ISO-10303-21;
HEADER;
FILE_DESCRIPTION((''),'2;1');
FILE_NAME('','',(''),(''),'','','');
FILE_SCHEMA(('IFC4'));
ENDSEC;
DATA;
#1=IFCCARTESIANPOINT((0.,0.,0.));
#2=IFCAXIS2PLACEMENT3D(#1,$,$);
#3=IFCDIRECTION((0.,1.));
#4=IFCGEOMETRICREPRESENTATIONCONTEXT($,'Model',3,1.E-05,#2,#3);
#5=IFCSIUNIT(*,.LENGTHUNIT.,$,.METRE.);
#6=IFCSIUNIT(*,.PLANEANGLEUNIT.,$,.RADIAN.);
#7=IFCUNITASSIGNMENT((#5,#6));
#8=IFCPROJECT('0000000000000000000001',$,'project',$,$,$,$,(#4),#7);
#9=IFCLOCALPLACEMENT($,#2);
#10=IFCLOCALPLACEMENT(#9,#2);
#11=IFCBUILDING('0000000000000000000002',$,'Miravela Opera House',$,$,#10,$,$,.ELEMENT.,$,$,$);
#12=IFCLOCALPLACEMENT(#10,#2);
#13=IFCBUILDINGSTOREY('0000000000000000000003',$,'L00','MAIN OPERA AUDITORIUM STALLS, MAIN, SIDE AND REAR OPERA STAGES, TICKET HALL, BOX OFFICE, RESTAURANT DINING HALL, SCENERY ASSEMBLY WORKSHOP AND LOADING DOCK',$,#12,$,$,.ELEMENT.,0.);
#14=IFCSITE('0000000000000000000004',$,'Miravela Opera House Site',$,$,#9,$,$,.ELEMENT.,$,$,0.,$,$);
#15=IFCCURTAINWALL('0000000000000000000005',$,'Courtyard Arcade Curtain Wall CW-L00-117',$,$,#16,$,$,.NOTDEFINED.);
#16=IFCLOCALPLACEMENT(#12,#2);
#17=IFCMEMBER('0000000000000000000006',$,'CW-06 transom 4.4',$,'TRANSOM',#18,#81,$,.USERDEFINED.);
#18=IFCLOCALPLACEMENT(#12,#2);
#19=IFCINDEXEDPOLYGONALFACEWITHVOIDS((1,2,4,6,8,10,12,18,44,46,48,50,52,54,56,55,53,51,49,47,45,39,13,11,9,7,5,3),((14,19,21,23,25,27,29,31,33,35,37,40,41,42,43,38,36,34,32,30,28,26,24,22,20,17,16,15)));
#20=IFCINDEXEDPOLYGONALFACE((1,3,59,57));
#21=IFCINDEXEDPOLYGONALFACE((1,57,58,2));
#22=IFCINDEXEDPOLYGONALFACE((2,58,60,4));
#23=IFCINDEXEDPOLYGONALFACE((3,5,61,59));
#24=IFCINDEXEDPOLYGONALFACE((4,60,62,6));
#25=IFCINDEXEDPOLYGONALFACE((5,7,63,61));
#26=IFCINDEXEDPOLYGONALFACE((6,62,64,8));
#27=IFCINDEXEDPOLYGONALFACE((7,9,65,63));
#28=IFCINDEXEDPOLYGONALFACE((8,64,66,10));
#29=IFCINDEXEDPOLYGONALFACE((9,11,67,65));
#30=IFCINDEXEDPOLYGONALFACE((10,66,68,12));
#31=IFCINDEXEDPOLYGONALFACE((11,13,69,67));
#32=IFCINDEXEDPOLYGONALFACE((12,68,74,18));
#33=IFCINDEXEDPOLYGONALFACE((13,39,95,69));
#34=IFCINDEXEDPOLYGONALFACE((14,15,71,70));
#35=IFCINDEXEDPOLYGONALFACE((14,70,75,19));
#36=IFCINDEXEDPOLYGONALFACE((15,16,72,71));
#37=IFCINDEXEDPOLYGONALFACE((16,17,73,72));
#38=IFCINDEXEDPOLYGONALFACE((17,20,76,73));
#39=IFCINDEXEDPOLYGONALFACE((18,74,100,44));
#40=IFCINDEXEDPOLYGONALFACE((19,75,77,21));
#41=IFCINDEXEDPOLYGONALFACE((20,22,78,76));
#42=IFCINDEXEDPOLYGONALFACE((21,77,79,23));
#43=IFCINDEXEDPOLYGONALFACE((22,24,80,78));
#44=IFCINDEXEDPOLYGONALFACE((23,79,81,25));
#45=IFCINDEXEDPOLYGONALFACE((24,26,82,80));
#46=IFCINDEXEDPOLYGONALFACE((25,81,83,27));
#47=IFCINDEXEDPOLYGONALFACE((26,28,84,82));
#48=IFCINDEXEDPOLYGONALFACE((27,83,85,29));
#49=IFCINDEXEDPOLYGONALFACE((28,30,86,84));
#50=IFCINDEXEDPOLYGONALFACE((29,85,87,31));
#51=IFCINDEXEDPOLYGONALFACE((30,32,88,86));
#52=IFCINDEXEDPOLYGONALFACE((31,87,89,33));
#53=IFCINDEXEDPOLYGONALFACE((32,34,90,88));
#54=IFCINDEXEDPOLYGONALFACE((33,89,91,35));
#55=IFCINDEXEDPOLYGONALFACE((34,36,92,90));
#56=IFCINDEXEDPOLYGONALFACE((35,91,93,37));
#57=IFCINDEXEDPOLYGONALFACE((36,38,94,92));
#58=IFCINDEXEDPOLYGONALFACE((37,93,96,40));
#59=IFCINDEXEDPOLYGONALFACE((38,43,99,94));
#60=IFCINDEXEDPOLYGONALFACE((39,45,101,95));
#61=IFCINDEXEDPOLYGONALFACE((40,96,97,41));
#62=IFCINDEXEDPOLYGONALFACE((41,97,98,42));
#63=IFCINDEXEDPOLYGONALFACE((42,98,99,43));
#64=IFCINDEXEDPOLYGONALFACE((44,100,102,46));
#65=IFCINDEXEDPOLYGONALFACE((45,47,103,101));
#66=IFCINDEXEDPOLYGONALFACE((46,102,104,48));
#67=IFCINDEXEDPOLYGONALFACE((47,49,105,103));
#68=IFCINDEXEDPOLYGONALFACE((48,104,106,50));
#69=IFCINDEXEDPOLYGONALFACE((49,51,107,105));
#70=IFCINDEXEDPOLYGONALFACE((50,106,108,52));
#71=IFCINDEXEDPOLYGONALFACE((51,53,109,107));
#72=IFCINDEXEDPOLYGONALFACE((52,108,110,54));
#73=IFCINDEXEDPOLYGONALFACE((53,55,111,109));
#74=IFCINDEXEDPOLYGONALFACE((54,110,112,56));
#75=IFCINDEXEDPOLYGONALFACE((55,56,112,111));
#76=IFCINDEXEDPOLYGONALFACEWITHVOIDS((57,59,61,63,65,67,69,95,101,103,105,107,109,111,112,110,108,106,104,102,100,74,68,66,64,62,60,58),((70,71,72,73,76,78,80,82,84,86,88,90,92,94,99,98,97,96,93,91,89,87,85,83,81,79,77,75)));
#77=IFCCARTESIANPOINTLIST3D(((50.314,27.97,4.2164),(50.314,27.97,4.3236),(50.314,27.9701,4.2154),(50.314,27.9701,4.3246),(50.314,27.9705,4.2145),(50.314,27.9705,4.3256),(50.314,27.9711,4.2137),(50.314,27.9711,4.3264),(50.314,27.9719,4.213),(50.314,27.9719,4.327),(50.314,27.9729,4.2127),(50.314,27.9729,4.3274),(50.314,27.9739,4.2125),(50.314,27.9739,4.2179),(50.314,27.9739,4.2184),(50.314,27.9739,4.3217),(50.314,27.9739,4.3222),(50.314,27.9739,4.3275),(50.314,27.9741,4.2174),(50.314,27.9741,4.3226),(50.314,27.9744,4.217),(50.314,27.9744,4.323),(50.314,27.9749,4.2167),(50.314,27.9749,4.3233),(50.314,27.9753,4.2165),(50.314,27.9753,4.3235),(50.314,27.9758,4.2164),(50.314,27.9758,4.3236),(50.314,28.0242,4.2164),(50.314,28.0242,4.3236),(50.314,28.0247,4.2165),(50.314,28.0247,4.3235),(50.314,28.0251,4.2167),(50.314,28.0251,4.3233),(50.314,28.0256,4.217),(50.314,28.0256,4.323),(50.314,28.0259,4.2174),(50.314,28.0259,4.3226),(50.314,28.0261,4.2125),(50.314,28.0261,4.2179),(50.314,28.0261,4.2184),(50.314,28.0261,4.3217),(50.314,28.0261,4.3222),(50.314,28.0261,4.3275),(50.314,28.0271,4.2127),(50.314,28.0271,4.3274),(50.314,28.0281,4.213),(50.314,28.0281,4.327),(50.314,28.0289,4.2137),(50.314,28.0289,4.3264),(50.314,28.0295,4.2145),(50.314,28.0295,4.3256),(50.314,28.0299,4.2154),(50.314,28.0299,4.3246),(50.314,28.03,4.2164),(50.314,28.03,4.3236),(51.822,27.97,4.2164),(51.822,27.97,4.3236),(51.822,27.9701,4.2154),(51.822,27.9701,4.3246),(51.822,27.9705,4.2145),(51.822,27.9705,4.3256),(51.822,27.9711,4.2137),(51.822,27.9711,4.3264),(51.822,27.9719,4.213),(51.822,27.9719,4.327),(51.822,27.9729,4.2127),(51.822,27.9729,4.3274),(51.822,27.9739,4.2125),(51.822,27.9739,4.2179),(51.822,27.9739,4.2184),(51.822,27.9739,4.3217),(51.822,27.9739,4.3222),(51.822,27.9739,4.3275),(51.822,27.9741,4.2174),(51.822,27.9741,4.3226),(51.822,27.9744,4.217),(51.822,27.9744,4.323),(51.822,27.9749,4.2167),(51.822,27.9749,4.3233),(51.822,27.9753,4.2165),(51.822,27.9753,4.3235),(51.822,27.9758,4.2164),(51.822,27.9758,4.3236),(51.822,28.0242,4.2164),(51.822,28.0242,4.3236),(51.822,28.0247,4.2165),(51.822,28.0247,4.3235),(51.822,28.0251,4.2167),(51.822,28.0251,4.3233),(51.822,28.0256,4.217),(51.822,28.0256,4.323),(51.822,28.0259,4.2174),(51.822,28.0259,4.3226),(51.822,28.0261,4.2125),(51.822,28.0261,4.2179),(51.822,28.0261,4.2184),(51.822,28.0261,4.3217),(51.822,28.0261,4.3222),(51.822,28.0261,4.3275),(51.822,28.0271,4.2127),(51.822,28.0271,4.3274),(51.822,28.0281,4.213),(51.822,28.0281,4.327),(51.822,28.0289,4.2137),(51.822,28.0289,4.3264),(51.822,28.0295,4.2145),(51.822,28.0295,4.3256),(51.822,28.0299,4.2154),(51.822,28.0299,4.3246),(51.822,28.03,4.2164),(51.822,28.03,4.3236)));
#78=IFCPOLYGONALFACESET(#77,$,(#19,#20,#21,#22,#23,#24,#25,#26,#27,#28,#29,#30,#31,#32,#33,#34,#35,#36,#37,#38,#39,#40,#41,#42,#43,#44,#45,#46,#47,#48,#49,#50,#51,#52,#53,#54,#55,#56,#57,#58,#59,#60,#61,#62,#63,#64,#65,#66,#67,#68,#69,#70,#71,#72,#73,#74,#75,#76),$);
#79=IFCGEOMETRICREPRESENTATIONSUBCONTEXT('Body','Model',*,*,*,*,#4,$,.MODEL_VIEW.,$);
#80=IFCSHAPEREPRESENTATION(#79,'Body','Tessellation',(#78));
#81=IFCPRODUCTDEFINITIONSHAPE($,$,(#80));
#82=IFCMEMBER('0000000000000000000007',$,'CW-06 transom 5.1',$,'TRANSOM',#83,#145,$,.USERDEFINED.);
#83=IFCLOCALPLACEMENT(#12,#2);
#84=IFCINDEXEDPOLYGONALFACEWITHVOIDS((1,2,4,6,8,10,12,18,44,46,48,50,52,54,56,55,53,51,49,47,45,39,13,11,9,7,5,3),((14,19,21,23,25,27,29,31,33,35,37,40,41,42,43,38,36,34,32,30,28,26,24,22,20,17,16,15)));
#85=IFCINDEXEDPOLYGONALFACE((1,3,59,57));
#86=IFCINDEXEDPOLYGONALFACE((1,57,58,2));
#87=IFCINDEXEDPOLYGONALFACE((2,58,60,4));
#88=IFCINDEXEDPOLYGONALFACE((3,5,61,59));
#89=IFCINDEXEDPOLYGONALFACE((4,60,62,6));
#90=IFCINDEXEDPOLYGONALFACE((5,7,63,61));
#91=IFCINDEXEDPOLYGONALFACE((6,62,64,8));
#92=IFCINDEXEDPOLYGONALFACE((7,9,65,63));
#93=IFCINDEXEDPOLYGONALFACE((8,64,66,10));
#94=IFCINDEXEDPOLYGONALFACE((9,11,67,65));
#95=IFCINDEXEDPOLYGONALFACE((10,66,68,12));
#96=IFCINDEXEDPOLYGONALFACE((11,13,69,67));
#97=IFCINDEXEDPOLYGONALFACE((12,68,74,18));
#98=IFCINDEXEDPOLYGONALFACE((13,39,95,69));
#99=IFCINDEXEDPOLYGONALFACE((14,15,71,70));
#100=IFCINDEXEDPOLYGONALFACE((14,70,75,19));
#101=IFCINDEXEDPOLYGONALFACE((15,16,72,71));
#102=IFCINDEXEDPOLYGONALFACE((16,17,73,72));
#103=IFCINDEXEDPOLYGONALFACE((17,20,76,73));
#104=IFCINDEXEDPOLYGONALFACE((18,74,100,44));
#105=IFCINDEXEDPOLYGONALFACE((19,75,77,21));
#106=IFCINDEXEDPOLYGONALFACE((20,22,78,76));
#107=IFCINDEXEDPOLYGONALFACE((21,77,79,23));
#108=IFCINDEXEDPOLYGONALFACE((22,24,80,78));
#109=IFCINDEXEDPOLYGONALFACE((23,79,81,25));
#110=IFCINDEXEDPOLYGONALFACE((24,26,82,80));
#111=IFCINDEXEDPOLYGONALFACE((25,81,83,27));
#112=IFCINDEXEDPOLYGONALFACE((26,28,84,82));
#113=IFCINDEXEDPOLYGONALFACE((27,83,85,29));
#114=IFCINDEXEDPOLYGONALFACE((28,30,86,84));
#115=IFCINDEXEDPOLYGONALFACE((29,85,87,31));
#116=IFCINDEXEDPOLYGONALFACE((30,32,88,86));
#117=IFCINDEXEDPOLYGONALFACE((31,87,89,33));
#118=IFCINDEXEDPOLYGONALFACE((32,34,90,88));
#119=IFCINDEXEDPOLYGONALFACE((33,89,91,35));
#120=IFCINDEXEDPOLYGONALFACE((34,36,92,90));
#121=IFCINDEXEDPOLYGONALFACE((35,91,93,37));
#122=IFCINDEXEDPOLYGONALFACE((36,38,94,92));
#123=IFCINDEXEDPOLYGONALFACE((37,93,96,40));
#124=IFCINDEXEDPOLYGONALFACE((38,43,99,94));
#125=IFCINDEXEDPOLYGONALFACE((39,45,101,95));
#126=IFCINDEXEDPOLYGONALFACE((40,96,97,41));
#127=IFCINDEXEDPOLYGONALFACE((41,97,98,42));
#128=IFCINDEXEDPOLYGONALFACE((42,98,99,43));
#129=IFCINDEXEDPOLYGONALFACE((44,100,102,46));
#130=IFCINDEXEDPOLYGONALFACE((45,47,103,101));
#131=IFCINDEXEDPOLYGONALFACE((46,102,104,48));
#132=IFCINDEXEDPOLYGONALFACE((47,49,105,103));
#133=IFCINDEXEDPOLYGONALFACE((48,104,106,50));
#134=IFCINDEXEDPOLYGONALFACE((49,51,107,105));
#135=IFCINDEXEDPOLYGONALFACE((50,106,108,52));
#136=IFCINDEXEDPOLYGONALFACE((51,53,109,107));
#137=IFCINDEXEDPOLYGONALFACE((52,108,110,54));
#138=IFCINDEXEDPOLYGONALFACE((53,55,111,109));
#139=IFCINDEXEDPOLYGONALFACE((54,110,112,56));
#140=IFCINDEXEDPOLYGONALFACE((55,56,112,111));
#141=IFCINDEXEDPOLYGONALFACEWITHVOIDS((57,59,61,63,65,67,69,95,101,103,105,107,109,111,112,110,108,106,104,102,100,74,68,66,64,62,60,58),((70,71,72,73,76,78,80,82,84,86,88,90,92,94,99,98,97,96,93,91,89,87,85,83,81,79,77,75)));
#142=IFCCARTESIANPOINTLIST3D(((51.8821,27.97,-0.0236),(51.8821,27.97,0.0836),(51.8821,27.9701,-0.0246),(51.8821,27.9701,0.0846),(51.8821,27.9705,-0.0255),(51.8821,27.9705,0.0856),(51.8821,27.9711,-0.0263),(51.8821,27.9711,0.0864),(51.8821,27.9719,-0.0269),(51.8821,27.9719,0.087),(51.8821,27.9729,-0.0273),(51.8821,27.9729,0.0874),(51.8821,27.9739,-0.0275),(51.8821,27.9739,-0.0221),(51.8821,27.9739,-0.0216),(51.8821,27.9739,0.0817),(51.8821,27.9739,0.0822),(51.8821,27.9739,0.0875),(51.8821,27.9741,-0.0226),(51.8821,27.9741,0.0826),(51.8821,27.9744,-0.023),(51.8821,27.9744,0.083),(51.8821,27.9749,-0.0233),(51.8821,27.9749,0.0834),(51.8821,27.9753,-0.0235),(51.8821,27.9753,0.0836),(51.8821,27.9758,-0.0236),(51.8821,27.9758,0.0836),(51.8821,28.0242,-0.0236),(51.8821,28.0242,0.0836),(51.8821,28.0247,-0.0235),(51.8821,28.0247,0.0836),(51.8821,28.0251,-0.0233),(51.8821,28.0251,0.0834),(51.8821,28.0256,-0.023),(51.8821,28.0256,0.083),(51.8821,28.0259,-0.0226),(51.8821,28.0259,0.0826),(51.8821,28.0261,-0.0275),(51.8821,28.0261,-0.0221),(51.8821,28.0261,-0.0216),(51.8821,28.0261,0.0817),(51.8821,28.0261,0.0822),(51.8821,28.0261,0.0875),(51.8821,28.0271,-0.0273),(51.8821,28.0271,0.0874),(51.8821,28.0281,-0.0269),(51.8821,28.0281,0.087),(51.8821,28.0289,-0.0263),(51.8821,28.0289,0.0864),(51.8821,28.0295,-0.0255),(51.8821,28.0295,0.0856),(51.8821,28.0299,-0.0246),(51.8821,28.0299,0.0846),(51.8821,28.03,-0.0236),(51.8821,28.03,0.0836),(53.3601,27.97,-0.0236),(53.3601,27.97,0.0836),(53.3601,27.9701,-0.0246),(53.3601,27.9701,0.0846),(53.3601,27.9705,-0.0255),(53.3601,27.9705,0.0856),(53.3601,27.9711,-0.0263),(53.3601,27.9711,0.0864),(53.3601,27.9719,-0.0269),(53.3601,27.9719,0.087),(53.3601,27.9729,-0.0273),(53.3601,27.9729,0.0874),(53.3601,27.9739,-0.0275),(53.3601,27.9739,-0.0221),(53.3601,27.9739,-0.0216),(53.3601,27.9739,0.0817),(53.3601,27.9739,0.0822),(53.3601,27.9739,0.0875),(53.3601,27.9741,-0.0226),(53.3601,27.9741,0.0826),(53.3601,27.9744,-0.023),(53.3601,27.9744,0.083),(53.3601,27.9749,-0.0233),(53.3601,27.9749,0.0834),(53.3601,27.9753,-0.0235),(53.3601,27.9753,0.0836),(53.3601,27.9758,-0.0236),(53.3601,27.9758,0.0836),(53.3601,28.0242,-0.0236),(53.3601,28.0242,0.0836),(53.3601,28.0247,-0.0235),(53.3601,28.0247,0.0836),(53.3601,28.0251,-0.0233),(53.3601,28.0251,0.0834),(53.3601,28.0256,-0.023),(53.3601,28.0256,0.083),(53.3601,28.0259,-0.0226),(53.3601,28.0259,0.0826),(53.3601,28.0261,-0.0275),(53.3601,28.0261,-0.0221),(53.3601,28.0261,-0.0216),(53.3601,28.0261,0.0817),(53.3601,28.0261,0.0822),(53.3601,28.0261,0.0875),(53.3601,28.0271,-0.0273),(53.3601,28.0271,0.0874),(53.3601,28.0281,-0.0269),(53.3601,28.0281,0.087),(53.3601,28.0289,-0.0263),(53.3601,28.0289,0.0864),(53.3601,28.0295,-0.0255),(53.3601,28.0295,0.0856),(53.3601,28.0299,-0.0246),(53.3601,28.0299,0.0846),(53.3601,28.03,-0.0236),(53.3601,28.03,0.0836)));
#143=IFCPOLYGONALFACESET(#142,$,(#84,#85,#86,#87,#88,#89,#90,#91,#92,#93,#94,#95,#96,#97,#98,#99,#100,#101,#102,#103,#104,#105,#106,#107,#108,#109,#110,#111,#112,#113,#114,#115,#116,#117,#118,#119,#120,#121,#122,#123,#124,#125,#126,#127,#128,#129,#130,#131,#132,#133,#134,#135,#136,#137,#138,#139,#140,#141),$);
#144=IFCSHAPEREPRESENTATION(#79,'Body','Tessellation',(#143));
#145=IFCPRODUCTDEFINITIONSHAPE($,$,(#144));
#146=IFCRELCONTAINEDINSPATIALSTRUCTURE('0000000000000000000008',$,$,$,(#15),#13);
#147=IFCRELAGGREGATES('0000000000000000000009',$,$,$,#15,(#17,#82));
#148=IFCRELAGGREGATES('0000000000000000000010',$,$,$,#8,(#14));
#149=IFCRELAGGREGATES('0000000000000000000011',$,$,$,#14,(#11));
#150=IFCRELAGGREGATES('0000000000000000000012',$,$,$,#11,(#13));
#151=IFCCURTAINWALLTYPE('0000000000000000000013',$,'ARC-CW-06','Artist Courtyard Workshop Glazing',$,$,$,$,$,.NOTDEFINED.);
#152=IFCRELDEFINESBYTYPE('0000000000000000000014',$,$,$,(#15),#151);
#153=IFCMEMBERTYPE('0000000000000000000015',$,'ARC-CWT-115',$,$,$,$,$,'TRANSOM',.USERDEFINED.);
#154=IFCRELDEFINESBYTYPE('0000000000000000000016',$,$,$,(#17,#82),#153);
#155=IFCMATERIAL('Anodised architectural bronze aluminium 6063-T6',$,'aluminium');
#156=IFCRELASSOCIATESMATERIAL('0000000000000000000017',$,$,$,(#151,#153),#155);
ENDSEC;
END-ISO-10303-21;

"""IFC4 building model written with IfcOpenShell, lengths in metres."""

from ifc_helpers import new_model, si_unit, direction, frame, origin, origin_2d, place, context, subcontext, project, spatial, hollow_rectangle, extrude, material, material_profile, profile_set, type_object, element, aggregate, save


model = new_model("IFC4")

# Units and contexts
model_context = context("Model", 3, precision=1e-05, world=origin(), true_north=direction((0.0, 1.0)))
body_context = subcontext(model_context, "Body", "Model", "MODEL_VIEW")
ifc_project = project(units=[si_unit("LENGTHUNIT", "METRE"), si_unit("PLANEANGLEUNIT", "RADIAN")], contexts=[model_context])

# Site, building, storey
site_placement = place(None, origin())
site = spatial("IfcSite", under=ifc_project, at=site_placement, Name="Miravela Opera House Site", CompositionType="ELEMENT", RefElevation=0.0)
building_placement = place(site_placement, origin())
building = spatial("IfcBuilding", under=site, at=building_placement, Name="Miravela Opera House", CompositionType="ELEMENT")
storey_placement = place(building_placement, origin())
storey = spatial("IfcBuildingStorey", under=building, at=storey_placement, Name="L00", Description="MAIN OPERA AUDITORIUM STALLS, MAIN, SIDE AND REAR OPERA STAGES, TICKET HALL, BOX OFFICE, RESTAURANT DINING HALL, SCENERY ASSEMBLY WORKSHOP AND LOADING DOCK", CompositionType="ELEMENT", Elevation=0.0)

# Curtain wall, members
ifc_material_1 = material(Name="Anodised architectural bronze aluminium 6063-T6", Category="aluminium")
curtain_wall_type = type_object("IfcCurtainWallType", Name="ARC-CW-06", Description="Artist Courtyard Workshop Glazing", PredefinedType="NOTDEFINED", material=ifc_material_1)
curtain_wall_placement = place(storey_placement, origin())
curtain_wall = element("IfcCurtainWall", 1, at=curtain_wall_placement, inside=storey, type_object=curtain_wall_type, Name="Courtyard Arcade Curtain Wall CW-L00-117", PredefinedType="NOTDEFINED")
ifc_material_profile_1 = material_profile(ifc_material_1, hollow_rectangle(XDim=0.0601, YDim=0.115, WallThickness=0.0039, InnerFilletRadius=0.002, OuterFilletRadius=0.0039, at=origin_2d()), Name="CWT-60X115")
ifc_profile_set_1 = profile_set([ifc_material_profile_1])
member_type_1 = type_object("IfcMemberType", Name="ARC-CWT-115", ElementType="TRANSOM", PredefinedType="USERDEFINED", material=ifc_profile_set_1)
member_1_placement = place(storey_placement, frame((50.314, 28.0, 4.27), z_axis=(1.0, 0.0, 0.0), x_axis=(0.0, 1.0, 0.0)))
member_1 = element("IfcMember", 2, at=member_1_placement, type_object=member_type_1, Name="CW-06 transom 4.4", ObjectType="TRANSOM", PredefinedType="USERDEFINED", context=body_context, shape_type="SweptSolid", body=[
    extrude(hollow_rectangle(XDim=0.0601, YDim=0.115, WallThickness=0.0039, InnerFilletRadius=0.002, OuterFilletRadius=0.0039, at=origin_2d()), origin(), (0.0, 0.0, 1.0), 1.5081),
])
member_2_placement = place(storey_placement, frame((51.8821, 28.0, 0.03), z_axis=(1.0, 0.0, 0.0), x_axis=(0.0, 1.0, 0.0)))
member_2 = element("IfcMember", 3, at=member_2_placement, type_object=member_type_1, Name="CW-06 transom 5.1", ObjectType="TRANSOM", PredefinedType="USERDEFINED", context=body_context, shape_type="SweptSolid", body=[
    extrude(hollow_rectangle(XDim=0.0601, YDim=0.115, WallThickness=0.0039, InnerFilletRadius=0.002, OuterFilletRadius=0.0039, at=origin_2d()), origin(), (0.0, 0.0, 1.0), 1.478),
])
aggregate(curtain_wall, [member_1, member_2])

save(model, "model.ifc")
